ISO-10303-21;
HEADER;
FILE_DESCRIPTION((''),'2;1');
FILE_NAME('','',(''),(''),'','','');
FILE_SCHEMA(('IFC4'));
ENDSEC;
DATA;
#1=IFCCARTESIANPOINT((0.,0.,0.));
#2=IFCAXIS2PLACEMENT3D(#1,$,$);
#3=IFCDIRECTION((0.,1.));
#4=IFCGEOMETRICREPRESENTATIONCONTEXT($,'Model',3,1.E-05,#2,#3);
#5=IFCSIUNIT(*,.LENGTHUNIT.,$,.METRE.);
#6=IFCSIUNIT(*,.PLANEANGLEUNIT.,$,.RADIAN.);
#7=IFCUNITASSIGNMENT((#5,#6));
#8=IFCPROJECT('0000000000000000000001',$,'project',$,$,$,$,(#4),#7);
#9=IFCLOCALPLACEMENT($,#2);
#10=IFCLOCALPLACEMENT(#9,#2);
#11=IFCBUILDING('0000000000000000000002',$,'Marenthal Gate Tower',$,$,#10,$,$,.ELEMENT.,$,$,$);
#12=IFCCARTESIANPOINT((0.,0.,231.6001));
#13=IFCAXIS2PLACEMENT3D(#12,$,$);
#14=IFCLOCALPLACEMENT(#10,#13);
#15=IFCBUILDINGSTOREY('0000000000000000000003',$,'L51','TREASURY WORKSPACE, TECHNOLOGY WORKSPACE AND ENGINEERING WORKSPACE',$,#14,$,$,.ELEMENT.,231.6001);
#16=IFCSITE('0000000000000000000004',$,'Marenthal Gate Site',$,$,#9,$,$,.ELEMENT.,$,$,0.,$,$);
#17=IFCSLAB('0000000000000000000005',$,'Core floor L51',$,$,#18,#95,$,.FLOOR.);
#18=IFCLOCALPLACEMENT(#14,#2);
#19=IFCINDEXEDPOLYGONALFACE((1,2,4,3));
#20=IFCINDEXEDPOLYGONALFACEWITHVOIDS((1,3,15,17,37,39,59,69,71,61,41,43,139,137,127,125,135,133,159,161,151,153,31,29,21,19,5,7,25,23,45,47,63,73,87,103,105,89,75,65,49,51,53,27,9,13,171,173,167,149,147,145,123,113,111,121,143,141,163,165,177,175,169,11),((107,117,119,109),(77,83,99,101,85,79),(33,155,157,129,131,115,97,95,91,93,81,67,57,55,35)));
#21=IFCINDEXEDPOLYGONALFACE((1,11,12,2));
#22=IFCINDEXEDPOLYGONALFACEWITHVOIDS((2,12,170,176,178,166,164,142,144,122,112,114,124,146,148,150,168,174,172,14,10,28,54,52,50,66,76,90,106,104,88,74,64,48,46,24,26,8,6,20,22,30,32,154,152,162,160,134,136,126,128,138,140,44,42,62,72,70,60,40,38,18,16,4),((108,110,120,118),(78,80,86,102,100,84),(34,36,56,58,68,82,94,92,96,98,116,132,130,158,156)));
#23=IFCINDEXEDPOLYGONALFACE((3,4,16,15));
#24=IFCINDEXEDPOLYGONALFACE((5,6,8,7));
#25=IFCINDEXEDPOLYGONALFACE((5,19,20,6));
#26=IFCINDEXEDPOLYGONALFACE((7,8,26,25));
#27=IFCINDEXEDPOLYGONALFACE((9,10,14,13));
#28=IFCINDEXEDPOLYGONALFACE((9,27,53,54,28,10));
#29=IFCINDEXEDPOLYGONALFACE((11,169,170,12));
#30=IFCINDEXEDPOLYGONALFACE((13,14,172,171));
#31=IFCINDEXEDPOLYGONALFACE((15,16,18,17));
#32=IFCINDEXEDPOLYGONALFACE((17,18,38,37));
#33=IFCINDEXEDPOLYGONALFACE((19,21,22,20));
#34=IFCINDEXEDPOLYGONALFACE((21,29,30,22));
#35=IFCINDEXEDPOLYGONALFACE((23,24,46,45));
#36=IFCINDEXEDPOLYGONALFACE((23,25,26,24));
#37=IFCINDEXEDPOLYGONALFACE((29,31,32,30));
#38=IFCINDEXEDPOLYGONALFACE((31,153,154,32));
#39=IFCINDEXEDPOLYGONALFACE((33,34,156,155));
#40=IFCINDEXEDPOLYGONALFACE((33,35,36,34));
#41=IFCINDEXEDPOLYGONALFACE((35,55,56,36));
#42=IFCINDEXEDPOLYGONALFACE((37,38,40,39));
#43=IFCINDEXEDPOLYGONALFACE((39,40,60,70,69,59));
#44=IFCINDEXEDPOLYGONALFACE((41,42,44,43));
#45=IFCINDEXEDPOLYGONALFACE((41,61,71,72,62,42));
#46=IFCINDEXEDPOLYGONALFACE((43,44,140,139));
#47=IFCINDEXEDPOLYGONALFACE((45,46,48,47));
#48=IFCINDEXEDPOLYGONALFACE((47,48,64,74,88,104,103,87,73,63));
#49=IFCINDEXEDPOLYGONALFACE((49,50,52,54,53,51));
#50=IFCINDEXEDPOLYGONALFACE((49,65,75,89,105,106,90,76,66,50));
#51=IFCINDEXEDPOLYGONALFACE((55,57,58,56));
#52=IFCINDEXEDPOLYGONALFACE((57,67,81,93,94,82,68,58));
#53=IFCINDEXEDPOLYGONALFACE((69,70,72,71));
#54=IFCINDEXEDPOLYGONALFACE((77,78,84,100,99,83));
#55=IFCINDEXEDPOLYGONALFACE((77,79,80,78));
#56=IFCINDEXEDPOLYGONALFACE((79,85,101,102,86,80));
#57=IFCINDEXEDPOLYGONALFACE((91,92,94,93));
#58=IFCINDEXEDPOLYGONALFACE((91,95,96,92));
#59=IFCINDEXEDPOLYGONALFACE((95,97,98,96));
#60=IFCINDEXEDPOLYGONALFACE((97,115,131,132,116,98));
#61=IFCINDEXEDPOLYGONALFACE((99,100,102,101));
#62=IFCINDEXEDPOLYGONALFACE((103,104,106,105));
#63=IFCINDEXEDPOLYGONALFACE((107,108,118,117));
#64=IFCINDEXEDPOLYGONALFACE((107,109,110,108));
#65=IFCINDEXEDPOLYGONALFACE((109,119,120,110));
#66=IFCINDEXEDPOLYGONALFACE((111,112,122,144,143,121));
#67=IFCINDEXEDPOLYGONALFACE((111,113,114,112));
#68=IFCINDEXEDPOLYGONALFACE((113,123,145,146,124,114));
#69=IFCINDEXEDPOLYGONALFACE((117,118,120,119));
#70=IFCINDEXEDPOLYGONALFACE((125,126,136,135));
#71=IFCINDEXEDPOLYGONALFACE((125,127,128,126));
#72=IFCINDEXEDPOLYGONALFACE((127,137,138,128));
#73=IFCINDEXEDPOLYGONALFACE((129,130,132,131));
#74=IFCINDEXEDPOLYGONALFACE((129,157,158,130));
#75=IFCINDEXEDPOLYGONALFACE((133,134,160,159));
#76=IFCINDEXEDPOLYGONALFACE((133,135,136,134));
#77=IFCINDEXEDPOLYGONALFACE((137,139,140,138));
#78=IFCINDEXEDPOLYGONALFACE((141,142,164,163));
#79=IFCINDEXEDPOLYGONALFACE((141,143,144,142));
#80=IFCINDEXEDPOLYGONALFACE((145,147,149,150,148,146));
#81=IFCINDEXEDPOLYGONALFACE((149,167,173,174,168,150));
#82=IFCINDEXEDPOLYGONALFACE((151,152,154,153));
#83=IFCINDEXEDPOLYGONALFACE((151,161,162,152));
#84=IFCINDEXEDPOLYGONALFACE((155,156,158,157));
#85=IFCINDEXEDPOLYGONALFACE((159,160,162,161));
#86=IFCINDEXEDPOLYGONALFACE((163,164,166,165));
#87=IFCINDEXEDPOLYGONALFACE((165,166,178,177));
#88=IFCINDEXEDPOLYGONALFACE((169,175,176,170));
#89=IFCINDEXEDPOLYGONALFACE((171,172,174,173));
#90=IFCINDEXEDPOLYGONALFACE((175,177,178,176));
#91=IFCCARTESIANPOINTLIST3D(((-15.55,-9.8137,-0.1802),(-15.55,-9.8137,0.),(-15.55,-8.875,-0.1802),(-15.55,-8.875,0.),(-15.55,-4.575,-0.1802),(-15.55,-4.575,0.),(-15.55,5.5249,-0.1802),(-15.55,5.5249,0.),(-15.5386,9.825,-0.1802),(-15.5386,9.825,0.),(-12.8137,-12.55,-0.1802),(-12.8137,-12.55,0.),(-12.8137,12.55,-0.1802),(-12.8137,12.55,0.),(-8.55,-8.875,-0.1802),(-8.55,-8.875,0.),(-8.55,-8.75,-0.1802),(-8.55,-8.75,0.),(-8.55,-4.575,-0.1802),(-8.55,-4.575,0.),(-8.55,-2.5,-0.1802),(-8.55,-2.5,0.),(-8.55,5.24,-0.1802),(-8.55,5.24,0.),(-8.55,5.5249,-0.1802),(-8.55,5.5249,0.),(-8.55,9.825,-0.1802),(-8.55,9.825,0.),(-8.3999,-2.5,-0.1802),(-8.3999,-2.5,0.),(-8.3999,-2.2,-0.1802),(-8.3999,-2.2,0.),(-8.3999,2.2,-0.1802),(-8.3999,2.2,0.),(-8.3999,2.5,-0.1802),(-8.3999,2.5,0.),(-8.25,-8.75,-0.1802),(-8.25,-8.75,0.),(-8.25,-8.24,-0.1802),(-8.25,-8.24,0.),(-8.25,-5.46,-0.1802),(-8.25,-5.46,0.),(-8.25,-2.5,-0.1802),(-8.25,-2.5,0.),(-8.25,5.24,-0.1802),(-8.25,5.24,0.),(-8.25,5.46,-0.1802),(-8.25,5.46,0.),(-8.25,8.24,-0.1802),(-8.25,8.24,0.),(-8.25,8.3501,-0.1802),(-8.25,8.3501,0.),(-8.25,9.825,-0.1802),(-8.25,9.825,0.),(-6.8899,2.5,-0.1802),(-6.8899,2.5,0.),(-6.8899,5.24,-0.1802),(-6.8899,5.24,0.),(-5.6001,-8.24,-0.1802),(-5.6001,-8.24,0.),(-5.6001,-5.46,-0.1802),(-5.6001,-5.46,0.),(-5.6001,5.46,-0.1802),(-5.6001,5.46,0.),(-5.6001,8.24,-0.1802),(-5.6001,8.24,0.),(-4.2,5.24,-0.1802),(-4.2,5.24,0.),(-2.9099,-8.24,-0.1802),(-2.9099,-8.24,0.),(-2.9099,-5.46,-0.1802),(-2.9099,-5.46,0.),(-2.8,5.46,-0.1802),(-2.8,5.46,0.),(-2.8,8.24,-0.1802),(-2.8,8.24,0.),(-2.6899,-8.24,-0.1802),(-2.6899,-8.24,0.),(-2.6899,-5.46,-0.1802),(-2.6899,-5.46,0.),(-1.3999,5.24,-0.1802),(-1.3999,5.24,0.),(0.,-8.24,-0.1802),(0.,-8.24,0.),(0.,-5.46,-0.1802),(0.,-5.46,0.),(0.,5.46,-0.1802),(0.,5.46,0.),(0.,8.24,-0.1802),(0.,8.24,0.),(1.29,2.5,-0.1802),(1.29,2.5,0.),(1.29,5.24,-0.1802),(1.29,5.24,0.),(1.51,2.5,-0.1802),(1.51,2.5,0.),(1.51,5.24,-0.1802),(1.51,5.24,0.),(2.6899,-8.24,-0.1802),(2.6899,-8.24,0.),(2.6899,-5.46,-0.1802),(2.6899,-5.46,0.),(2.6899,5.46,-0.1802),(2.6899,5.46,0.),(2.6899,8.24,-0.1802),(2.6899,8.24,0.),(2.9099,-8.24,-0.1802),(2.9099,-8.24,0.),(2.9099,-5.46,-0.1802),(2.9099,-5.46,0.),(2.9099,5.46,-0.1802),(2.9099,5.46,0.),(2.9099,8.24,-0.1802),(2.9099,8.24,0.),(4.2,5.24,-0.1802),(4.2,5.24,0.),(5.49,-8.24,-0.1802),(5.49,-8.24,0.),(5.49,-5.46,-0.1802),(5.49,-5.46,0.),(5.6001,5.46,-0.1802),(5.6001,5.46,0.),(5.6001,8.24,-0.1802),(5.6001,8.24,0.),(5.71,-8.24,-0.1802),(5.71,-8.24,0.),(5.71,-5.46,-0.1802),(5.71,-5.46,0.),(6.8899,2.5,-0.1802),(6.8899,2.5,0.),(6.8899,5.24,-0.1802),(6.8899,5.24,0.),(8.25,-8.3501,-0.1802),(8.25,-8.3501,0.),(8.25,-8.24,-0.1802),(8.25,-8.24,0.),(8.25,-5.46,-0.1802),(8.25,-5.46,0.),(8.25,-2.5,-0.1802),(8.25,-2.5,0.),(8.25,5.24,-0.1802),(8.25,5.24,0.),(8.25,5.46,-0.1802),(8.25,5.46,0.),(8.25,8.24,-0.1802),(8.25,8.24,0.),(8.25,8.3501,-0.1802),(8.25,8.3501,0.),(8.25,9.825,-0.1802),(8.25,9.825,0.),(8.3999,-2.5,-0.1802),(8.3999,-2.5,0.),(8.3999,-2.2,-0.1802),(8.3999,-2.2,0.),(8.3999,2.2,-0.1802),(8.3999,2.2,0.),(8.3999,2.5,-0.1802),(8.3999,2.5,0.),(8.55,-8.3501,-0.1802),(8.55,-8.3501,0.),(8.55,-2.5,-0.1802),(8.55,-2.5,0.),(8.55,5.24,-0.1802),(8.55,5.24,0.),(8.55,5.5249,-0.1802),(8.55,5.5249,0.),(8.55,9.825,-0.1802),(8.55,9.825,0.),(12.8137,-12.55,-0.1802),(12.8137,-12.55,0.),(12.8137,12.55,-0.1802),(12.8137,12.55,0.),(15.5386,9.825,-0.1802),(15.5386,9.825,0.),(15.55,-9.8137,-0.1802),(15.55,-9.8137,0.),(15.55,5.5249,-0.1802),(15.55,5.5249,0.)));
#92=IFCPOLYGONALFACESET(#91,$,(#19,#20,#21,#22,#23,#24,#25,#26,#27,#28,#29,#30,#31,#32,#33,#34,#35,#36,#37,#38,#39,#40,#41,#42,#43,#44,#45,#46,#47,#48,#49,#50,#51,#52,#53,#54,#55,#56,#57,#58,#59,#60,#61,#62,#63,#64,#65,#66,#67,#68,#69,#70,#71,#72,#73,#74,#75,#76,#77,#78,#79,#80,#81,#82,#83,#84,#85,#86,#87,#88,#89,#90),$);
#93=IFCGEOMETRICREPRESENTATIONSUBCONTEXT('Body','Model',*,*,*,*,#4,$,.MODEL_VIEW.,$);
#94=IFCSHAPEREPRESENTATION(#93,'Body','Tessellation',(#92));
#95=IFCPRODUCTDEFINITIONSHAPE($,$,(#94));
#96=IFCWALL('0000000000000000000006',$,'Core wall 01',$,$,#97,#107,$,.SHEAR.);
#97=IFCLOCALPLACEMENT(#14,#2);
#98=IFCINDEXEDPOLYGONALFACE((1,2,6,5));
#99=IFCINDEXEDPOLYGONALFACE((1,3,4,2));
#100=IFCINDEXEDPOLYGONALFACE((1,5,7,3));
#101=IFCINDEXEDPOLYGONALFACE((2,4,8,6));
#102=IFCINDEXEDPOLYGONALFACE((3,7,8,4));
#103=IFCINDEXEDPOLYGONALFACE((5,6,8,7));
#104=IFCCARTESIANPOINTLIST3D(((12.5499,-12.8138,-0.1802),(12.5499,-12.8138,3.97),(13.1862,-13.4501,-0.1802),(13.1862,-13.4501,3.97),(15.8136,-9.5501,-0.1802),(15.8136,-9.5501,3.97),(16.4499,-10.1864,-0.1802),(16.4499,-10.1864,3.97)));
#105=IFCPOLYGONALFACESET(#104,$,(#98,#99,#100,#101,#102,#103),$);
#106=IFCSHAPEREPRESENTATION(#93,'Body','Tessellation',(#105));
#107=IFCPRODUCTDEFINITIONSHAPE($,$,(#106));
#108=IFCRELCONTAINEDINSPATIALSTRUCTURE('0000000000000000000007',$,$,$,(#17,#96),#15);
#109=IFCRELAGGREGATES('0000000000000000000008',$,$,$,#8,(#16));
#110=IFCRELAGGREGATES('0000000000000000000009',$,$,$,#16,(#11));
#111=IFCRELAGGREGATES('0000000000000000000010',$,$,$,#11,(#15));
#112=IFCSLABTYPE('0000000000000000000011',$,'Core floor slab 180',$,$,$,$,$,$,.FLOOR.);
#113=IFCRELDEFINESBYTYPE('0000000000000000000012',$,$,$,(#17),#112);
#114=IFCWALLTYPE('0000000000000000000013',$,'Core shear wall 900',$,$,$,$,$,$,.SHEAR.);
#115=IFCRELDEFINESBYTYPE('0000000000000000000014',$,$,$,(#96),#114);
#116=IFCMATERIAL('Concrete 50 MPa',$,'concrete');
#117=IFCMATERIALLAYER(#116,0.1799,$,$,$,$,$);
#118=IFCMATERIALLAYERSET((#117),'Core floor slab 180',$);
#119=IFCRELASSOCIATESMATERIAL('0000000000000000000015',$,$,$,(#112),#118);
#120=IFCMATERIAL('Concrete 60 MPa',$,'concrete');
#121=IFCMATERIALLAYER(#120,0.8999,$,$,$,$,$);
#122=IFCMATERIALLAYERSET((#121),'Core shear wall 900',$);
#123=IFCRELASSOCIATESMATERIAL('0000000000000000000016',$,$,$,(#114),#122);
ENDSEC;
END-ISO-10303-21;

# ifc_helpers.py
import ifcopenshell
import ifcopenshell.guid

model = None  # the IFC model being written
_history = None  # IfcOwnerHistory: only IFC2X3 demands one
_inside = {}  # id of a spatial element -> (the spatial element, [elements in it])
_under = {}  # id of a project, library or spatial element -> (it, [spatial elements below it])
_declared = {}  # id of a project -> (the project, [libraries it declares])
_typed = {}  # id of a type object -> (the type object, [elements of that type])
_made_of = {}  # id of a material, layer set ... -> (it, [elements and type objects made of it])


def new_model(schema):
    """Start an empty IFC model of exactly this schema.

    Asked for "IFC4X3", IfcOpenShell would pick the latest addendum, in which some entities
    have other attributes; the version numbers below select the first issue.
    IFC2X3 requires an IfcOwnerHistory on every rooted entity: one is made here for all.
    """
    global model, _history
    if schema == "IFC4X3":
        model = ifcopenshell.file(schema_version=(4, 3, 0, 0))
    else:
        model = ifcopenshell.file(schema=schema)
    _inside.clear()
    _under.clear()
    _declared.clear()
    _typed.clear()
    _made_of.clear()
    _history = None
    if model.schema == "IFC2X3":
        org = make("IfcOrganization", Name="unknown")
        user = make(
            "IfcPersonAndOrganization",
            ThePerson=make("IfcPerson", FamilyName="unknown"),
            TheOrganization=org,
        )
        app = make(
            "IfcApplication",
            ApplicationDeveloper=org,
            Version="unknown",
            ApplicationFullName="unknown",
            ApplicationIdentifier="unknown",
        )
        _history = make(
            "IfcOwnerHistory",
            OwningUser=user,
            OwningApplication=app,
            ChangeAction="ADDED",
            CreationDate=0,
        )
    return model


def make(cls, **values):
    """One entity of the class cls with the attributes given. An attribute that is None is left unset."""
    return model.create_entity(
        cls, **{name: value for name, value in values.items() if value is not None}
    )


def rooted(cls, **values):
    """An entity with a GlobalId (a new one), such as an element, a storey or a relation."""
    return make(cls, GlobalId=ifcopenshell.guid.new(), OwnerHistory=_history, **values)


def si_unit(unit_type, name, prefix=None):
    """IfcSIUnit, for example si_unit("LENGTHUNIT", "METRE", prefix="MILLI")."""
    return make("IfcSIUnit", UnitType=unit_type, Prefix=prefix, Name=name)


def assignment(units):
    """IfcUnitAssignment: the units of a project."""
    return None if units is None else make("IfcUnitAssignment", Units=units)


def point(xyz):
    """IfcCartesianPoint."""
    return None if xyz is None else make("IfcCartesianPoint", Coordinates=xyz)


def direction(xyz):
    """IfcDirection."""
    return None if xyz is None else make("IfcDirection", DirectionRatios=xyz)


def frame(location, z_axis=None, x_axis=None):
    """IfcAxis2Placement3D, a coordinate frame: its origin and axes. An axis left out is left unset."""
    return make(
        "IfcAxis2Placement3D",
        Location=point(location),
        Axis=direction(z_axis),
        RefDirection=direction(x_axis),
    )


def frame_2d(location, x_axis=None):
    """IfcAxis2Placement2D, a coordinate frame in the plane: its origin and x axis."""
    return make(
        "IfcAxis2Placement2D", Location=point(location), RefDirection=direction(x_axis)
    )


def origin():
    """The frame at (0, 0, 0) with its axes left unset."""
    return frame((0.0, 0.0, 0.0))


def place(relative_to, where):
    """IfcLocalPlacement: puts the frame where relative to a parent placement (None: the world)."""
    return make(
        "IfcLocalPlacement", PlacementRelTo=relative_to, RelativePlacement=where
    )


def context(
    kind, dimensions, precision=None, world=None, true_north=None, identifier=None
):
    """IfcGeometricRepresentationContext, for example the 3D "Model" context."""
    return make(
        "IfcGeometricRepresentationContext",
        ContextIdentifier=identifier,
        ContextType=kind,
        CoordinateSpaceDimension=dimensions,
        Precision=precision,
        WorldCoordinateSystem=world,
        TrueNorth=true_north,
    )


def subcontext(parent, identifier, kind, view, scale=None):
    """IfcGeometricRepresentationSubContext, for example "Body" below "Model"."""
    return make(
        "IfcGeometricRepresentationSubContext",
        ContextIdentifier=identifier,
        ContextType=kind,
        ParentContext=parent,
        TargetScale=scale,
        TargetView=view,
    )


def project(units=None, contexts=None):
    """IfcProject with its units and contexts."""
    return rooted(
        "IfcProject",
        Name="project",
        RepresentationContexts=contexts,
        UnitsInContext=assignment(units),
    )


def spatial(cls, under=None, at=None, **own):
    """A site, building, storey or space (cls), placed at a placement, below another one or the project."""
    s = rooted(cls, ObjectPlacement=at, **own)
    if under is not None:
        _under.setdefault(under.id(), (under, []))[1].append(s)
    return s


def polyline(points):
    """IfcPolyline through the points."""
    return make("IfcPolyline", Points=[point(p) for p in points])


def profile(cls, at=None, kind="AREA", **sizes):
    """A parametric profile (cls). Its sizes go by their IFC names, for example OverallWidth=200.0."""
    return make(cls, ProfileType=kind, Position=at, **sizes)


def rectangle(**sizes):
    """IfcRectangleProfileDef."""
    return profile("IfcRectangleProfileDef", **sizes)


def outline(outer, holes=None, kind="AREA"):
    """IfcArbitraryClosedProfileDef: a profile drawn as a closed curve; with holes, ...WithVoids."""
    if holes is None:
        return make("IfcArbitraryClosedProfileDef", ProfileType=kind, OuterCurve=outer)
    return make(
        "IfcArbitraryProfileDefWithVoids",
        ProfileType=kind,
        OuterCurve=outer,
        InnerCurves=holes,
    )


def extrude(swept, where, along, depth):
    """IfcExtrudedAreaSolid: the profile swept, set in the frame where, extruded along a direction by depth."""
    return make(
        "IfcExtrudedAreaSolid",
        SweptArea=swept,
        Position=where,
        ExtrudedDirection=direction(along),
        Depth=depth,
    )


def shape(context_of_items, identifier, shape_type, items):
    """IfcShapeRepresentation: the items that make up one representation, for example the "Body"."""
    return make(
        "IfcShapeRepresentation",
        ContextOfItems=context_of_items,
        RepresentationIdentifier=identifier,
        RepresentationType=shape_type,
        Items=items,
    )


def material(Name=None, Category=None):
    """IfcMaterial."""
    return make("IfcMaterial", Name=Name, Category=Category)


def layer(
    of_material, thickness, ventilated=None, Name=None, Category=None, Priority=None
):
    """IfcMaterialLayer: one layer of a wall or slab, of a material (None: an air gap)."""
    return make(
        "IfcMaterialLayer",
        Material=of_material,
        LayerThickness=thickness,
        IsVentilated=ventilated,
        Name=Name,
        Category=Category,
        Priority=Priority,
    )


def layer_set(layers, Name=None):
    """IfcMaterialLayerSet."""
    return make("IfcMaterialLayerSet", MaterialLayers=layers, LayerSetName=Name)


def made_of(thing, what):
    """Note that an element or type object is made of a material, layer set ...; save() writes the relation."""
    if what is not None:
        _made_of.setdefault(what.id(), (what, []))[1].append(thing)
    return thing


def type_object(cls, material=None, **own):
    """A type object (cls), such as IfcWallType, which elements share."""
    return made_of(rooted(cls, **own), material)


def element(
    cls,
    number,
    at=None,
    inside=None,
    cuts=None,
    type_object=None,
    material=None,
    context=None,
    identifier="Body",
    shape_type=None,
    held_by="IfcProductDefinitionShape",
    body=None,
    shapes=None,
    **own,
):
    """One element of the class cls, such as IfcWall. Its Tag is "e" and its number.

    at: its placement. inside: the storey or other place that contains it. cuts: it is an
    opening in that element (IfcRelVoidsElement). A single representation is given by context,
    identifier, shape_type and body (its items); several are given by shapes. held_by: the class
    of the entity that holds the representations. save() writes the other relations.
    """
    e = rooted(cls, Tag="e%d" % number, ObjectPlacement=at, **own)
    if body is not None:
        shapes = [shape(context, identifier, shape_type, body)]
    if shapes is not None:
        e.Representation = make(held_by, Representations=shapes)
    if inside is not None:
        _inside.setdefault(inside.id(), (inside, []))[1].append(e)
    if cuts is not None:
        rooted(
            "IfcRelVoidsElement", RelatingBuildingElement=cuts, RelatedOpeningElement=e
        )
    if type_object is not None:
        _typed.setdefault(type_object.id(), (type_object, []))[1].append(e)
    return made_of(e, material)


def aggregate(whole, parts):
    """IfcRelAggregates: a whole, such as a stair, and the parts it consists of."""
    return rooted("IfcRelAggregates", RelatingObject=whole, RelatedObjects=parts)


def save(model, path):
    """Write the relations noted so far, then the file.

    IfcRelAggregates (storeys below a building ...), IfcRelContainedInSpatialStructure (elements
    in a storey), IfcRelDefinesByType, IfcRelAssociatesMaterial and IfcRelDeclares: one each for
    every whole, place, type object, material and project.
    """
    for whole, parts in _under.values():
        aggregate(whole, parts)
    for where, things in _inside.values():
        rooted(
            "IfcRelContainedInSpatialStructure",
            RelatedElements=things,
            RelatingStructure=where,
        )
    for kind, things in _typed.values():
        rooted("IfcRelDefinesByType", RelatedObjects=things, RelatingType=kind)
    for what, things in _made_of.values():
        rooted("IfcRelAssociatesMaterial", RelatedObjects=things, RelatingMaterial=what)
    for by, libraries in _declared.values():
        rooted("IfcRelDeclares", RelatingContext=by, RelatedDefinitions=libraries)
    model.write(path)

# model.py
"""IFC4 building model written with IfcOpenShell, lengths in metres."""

from ifc_helpers import new_model, si_unit, direction, frame, frame_2d, origin, place, context, subcontext, project, spatial, polyline, rectangle, outline, extrude, material, layer, layer_set, type_object, element, save


model = new_model("IFC4")

# Units and contexts
model_context = context("Model", 3, precision=1e-05, world=origin(), true_north=direction((0.0, 1.0)))
body_context = subcontext(model_context, "Body", "Model", "MODEL_VIEW")
ifc_project = project(units=[si_unit("LENGTHUNIT", "METRE"), si_unit("PLANEANGLEUNIT", "RADIAN")], contexts=[model_context])

# Site, building, storey
site_placement = place(None, origin())
site = spatial("IfcSite", under=ifc_project, at=site_placement, Name="Marenthal Gate Site", CompositionType="ELEMENT", RefElevation=0.0)
building_placement = place(site_placement, origin())
building = spatial("IfcBuilding", under=site, at=building_placement, Name="Marenthal Gate Tower", CompositionType="ELEMENT")
storey_placement = place(building_placement, frame((0.0, 0.0, 231.6001)))
storey = spatial("IfcBuildingStorey", under=building, at=storey_placement, Name="L51", Description="TREASURY WORKSPACE, TECHNOLOGY WORKSPACE AND ENGINEERING WORKSPACE", CompositionType="ELEMENT", Elevation=231.6001)

# Slab
ifc_material_1 = material(Name="Concrete 50 MPa", Category="concrete")
ifc_layer_1 = layer(ifc_material_1, 0.1799)
ifc_layer_set_1 = layer_set([ifc_layer_1], Name="Core floor slab 180")
slab_type_1 = type_object("IfcSlabType", Name="Core floor slab 180", PredefinedType="FLOOR", material=ifc_layer_set_1)
slab_1_placement = place(storey_placement, frame((0.0, 0.0, -0.1802)))
element("IfcSlab", 1, at=slab_1_placement, inside=storey, type_object=slab_type_1, Name="Core floor L51", PredefinedType="FLOOR", context=body_context, shape_type="SweptSolid", body=[
    extrude(outline(polyline([(12.8137, -12.55), (-12.8137, -12.55), (-15.55, -9.8137), (-15.55, -8.875), (-8.55, -8.875), (-8.55, -8.75), (-8.25, -8.75), (-8.25, -8.24), (-5.6001, -8.24), (-2.9099, -8.24), (-2.9099, -5.46), (-5.6001, -5.46), (-8.25, -5.46), (-8.25, -2.5), (8.25, -2.5), (8.25, -5.46), (5.71, -5.46), (5.71, -8.24), (8.25, -8.24), (8.25, -8.3501), (8.55, -8.3501), (8.55, -2.5), (8.3999, -2.5), (8.3999, -2.2), (-8.3999, -2.2), (-8.3999, -2.5), (-8.55, -2.5), (-8.55, -4.575), (-15.55, -4.575), (-15.55, 5.5249), (-8.55, 5.5249), (-8.55, 5.24), (-8.25, 5.24), (-8.25, 5.46), (-5.6001, 5.46), (-2.8, 5.46), (0.0, 5.46), (2.6899, 5.46), (2.6899, 8.24), (0.0, 8.24), (-2.8, 8.24), (-5.6001, 8.24), (-8.25, 8.24), (-8.25, 8.3501), (-8.25, 9.825), (-8.55, 9.825), (-15.5386, 9.825), (-12.8137, 12.55), (12.8137, 12.55), (15.5386, 9.825), (8.55, 9.825), (8.25, 9.825), (8.25, 8.3501), (8.25, 8.24), (5.6001, 8.24), (2.9099, 8.24), (2.9099, 5.46), (5.6001, 5.46), (8.25, 5.46), (8.25, 5.24), (8.55, 5.24), (8.55, 5.5249), (15.55, 5.5249), (15.55, -9.8137), (12.8137, -12.55)]), holes=[polyline([(2.6899, -8.24), (2.6899, -5.46), (0.0, -5.46), (-2.6899, -5.46), (-2.6899, -8.24), (0.0, -8.24), (2.6899, -8.24)]), polyline([(-6.8899, 5.24), (-6.8899, 2.5), (-8.3999, 2.5), (-8.3999, 2.2), (8.3999, 2.2), (8.3999, 2.5), (6.8899, 2.5), (6.8899, 5.24), (4.2, 5.24), (1.51, 5.24), (1.51, 2.5), (1.29, 2.5), (1.29, 5.24), (-1.3999, 5.24), (-4.2, 5.24), (-6.8899, 5.24)]), polyline([(5.49, -8.24), (5.49, -5.46), (2.9099, -5.46), (2.9099, -8.24), (5.49, -8.24)])]), origin(), (0.0, 0.0, 1.0), 0.1802),
])

# Wall
ifc_material_2 = material(Name="Concrete 60 MPa", Category="concrete")
ifc_layer_2 = layer(ifc_material_2, 0.8999)
ifc_layer_set_2 = layer_set([ifc_layer_2], Name="Core shear wall 900")
wall_type_1 = type_object("IfcWallType", Name="Core shear wall 900", PredefinedType="SHEAR", material=ifc_layer_set_2)
wall_1_placement = place(storey_placement, frame((12.8682, -13.1318, -0.1802), z_axis=(0.0, 0.0, 1.0), x_axis=(0.707107, 0.707107, 0.0)))
element("IfcWall", 2, at=wall_1_placement, inside=storey, type_object=wall_type_1, Name="Core wall 01", PredefinedType="SHEAR", context=body_context, shape_type="SweptSolid", body=[
    extrude(rectangle(XDim=4.6155, YDim=0.8999, at=frame_2d((2.3076, 0.0))), origin(), (0.0, 0.0, 1.0), 4.1501),
])

save(model, "model.ifc")
